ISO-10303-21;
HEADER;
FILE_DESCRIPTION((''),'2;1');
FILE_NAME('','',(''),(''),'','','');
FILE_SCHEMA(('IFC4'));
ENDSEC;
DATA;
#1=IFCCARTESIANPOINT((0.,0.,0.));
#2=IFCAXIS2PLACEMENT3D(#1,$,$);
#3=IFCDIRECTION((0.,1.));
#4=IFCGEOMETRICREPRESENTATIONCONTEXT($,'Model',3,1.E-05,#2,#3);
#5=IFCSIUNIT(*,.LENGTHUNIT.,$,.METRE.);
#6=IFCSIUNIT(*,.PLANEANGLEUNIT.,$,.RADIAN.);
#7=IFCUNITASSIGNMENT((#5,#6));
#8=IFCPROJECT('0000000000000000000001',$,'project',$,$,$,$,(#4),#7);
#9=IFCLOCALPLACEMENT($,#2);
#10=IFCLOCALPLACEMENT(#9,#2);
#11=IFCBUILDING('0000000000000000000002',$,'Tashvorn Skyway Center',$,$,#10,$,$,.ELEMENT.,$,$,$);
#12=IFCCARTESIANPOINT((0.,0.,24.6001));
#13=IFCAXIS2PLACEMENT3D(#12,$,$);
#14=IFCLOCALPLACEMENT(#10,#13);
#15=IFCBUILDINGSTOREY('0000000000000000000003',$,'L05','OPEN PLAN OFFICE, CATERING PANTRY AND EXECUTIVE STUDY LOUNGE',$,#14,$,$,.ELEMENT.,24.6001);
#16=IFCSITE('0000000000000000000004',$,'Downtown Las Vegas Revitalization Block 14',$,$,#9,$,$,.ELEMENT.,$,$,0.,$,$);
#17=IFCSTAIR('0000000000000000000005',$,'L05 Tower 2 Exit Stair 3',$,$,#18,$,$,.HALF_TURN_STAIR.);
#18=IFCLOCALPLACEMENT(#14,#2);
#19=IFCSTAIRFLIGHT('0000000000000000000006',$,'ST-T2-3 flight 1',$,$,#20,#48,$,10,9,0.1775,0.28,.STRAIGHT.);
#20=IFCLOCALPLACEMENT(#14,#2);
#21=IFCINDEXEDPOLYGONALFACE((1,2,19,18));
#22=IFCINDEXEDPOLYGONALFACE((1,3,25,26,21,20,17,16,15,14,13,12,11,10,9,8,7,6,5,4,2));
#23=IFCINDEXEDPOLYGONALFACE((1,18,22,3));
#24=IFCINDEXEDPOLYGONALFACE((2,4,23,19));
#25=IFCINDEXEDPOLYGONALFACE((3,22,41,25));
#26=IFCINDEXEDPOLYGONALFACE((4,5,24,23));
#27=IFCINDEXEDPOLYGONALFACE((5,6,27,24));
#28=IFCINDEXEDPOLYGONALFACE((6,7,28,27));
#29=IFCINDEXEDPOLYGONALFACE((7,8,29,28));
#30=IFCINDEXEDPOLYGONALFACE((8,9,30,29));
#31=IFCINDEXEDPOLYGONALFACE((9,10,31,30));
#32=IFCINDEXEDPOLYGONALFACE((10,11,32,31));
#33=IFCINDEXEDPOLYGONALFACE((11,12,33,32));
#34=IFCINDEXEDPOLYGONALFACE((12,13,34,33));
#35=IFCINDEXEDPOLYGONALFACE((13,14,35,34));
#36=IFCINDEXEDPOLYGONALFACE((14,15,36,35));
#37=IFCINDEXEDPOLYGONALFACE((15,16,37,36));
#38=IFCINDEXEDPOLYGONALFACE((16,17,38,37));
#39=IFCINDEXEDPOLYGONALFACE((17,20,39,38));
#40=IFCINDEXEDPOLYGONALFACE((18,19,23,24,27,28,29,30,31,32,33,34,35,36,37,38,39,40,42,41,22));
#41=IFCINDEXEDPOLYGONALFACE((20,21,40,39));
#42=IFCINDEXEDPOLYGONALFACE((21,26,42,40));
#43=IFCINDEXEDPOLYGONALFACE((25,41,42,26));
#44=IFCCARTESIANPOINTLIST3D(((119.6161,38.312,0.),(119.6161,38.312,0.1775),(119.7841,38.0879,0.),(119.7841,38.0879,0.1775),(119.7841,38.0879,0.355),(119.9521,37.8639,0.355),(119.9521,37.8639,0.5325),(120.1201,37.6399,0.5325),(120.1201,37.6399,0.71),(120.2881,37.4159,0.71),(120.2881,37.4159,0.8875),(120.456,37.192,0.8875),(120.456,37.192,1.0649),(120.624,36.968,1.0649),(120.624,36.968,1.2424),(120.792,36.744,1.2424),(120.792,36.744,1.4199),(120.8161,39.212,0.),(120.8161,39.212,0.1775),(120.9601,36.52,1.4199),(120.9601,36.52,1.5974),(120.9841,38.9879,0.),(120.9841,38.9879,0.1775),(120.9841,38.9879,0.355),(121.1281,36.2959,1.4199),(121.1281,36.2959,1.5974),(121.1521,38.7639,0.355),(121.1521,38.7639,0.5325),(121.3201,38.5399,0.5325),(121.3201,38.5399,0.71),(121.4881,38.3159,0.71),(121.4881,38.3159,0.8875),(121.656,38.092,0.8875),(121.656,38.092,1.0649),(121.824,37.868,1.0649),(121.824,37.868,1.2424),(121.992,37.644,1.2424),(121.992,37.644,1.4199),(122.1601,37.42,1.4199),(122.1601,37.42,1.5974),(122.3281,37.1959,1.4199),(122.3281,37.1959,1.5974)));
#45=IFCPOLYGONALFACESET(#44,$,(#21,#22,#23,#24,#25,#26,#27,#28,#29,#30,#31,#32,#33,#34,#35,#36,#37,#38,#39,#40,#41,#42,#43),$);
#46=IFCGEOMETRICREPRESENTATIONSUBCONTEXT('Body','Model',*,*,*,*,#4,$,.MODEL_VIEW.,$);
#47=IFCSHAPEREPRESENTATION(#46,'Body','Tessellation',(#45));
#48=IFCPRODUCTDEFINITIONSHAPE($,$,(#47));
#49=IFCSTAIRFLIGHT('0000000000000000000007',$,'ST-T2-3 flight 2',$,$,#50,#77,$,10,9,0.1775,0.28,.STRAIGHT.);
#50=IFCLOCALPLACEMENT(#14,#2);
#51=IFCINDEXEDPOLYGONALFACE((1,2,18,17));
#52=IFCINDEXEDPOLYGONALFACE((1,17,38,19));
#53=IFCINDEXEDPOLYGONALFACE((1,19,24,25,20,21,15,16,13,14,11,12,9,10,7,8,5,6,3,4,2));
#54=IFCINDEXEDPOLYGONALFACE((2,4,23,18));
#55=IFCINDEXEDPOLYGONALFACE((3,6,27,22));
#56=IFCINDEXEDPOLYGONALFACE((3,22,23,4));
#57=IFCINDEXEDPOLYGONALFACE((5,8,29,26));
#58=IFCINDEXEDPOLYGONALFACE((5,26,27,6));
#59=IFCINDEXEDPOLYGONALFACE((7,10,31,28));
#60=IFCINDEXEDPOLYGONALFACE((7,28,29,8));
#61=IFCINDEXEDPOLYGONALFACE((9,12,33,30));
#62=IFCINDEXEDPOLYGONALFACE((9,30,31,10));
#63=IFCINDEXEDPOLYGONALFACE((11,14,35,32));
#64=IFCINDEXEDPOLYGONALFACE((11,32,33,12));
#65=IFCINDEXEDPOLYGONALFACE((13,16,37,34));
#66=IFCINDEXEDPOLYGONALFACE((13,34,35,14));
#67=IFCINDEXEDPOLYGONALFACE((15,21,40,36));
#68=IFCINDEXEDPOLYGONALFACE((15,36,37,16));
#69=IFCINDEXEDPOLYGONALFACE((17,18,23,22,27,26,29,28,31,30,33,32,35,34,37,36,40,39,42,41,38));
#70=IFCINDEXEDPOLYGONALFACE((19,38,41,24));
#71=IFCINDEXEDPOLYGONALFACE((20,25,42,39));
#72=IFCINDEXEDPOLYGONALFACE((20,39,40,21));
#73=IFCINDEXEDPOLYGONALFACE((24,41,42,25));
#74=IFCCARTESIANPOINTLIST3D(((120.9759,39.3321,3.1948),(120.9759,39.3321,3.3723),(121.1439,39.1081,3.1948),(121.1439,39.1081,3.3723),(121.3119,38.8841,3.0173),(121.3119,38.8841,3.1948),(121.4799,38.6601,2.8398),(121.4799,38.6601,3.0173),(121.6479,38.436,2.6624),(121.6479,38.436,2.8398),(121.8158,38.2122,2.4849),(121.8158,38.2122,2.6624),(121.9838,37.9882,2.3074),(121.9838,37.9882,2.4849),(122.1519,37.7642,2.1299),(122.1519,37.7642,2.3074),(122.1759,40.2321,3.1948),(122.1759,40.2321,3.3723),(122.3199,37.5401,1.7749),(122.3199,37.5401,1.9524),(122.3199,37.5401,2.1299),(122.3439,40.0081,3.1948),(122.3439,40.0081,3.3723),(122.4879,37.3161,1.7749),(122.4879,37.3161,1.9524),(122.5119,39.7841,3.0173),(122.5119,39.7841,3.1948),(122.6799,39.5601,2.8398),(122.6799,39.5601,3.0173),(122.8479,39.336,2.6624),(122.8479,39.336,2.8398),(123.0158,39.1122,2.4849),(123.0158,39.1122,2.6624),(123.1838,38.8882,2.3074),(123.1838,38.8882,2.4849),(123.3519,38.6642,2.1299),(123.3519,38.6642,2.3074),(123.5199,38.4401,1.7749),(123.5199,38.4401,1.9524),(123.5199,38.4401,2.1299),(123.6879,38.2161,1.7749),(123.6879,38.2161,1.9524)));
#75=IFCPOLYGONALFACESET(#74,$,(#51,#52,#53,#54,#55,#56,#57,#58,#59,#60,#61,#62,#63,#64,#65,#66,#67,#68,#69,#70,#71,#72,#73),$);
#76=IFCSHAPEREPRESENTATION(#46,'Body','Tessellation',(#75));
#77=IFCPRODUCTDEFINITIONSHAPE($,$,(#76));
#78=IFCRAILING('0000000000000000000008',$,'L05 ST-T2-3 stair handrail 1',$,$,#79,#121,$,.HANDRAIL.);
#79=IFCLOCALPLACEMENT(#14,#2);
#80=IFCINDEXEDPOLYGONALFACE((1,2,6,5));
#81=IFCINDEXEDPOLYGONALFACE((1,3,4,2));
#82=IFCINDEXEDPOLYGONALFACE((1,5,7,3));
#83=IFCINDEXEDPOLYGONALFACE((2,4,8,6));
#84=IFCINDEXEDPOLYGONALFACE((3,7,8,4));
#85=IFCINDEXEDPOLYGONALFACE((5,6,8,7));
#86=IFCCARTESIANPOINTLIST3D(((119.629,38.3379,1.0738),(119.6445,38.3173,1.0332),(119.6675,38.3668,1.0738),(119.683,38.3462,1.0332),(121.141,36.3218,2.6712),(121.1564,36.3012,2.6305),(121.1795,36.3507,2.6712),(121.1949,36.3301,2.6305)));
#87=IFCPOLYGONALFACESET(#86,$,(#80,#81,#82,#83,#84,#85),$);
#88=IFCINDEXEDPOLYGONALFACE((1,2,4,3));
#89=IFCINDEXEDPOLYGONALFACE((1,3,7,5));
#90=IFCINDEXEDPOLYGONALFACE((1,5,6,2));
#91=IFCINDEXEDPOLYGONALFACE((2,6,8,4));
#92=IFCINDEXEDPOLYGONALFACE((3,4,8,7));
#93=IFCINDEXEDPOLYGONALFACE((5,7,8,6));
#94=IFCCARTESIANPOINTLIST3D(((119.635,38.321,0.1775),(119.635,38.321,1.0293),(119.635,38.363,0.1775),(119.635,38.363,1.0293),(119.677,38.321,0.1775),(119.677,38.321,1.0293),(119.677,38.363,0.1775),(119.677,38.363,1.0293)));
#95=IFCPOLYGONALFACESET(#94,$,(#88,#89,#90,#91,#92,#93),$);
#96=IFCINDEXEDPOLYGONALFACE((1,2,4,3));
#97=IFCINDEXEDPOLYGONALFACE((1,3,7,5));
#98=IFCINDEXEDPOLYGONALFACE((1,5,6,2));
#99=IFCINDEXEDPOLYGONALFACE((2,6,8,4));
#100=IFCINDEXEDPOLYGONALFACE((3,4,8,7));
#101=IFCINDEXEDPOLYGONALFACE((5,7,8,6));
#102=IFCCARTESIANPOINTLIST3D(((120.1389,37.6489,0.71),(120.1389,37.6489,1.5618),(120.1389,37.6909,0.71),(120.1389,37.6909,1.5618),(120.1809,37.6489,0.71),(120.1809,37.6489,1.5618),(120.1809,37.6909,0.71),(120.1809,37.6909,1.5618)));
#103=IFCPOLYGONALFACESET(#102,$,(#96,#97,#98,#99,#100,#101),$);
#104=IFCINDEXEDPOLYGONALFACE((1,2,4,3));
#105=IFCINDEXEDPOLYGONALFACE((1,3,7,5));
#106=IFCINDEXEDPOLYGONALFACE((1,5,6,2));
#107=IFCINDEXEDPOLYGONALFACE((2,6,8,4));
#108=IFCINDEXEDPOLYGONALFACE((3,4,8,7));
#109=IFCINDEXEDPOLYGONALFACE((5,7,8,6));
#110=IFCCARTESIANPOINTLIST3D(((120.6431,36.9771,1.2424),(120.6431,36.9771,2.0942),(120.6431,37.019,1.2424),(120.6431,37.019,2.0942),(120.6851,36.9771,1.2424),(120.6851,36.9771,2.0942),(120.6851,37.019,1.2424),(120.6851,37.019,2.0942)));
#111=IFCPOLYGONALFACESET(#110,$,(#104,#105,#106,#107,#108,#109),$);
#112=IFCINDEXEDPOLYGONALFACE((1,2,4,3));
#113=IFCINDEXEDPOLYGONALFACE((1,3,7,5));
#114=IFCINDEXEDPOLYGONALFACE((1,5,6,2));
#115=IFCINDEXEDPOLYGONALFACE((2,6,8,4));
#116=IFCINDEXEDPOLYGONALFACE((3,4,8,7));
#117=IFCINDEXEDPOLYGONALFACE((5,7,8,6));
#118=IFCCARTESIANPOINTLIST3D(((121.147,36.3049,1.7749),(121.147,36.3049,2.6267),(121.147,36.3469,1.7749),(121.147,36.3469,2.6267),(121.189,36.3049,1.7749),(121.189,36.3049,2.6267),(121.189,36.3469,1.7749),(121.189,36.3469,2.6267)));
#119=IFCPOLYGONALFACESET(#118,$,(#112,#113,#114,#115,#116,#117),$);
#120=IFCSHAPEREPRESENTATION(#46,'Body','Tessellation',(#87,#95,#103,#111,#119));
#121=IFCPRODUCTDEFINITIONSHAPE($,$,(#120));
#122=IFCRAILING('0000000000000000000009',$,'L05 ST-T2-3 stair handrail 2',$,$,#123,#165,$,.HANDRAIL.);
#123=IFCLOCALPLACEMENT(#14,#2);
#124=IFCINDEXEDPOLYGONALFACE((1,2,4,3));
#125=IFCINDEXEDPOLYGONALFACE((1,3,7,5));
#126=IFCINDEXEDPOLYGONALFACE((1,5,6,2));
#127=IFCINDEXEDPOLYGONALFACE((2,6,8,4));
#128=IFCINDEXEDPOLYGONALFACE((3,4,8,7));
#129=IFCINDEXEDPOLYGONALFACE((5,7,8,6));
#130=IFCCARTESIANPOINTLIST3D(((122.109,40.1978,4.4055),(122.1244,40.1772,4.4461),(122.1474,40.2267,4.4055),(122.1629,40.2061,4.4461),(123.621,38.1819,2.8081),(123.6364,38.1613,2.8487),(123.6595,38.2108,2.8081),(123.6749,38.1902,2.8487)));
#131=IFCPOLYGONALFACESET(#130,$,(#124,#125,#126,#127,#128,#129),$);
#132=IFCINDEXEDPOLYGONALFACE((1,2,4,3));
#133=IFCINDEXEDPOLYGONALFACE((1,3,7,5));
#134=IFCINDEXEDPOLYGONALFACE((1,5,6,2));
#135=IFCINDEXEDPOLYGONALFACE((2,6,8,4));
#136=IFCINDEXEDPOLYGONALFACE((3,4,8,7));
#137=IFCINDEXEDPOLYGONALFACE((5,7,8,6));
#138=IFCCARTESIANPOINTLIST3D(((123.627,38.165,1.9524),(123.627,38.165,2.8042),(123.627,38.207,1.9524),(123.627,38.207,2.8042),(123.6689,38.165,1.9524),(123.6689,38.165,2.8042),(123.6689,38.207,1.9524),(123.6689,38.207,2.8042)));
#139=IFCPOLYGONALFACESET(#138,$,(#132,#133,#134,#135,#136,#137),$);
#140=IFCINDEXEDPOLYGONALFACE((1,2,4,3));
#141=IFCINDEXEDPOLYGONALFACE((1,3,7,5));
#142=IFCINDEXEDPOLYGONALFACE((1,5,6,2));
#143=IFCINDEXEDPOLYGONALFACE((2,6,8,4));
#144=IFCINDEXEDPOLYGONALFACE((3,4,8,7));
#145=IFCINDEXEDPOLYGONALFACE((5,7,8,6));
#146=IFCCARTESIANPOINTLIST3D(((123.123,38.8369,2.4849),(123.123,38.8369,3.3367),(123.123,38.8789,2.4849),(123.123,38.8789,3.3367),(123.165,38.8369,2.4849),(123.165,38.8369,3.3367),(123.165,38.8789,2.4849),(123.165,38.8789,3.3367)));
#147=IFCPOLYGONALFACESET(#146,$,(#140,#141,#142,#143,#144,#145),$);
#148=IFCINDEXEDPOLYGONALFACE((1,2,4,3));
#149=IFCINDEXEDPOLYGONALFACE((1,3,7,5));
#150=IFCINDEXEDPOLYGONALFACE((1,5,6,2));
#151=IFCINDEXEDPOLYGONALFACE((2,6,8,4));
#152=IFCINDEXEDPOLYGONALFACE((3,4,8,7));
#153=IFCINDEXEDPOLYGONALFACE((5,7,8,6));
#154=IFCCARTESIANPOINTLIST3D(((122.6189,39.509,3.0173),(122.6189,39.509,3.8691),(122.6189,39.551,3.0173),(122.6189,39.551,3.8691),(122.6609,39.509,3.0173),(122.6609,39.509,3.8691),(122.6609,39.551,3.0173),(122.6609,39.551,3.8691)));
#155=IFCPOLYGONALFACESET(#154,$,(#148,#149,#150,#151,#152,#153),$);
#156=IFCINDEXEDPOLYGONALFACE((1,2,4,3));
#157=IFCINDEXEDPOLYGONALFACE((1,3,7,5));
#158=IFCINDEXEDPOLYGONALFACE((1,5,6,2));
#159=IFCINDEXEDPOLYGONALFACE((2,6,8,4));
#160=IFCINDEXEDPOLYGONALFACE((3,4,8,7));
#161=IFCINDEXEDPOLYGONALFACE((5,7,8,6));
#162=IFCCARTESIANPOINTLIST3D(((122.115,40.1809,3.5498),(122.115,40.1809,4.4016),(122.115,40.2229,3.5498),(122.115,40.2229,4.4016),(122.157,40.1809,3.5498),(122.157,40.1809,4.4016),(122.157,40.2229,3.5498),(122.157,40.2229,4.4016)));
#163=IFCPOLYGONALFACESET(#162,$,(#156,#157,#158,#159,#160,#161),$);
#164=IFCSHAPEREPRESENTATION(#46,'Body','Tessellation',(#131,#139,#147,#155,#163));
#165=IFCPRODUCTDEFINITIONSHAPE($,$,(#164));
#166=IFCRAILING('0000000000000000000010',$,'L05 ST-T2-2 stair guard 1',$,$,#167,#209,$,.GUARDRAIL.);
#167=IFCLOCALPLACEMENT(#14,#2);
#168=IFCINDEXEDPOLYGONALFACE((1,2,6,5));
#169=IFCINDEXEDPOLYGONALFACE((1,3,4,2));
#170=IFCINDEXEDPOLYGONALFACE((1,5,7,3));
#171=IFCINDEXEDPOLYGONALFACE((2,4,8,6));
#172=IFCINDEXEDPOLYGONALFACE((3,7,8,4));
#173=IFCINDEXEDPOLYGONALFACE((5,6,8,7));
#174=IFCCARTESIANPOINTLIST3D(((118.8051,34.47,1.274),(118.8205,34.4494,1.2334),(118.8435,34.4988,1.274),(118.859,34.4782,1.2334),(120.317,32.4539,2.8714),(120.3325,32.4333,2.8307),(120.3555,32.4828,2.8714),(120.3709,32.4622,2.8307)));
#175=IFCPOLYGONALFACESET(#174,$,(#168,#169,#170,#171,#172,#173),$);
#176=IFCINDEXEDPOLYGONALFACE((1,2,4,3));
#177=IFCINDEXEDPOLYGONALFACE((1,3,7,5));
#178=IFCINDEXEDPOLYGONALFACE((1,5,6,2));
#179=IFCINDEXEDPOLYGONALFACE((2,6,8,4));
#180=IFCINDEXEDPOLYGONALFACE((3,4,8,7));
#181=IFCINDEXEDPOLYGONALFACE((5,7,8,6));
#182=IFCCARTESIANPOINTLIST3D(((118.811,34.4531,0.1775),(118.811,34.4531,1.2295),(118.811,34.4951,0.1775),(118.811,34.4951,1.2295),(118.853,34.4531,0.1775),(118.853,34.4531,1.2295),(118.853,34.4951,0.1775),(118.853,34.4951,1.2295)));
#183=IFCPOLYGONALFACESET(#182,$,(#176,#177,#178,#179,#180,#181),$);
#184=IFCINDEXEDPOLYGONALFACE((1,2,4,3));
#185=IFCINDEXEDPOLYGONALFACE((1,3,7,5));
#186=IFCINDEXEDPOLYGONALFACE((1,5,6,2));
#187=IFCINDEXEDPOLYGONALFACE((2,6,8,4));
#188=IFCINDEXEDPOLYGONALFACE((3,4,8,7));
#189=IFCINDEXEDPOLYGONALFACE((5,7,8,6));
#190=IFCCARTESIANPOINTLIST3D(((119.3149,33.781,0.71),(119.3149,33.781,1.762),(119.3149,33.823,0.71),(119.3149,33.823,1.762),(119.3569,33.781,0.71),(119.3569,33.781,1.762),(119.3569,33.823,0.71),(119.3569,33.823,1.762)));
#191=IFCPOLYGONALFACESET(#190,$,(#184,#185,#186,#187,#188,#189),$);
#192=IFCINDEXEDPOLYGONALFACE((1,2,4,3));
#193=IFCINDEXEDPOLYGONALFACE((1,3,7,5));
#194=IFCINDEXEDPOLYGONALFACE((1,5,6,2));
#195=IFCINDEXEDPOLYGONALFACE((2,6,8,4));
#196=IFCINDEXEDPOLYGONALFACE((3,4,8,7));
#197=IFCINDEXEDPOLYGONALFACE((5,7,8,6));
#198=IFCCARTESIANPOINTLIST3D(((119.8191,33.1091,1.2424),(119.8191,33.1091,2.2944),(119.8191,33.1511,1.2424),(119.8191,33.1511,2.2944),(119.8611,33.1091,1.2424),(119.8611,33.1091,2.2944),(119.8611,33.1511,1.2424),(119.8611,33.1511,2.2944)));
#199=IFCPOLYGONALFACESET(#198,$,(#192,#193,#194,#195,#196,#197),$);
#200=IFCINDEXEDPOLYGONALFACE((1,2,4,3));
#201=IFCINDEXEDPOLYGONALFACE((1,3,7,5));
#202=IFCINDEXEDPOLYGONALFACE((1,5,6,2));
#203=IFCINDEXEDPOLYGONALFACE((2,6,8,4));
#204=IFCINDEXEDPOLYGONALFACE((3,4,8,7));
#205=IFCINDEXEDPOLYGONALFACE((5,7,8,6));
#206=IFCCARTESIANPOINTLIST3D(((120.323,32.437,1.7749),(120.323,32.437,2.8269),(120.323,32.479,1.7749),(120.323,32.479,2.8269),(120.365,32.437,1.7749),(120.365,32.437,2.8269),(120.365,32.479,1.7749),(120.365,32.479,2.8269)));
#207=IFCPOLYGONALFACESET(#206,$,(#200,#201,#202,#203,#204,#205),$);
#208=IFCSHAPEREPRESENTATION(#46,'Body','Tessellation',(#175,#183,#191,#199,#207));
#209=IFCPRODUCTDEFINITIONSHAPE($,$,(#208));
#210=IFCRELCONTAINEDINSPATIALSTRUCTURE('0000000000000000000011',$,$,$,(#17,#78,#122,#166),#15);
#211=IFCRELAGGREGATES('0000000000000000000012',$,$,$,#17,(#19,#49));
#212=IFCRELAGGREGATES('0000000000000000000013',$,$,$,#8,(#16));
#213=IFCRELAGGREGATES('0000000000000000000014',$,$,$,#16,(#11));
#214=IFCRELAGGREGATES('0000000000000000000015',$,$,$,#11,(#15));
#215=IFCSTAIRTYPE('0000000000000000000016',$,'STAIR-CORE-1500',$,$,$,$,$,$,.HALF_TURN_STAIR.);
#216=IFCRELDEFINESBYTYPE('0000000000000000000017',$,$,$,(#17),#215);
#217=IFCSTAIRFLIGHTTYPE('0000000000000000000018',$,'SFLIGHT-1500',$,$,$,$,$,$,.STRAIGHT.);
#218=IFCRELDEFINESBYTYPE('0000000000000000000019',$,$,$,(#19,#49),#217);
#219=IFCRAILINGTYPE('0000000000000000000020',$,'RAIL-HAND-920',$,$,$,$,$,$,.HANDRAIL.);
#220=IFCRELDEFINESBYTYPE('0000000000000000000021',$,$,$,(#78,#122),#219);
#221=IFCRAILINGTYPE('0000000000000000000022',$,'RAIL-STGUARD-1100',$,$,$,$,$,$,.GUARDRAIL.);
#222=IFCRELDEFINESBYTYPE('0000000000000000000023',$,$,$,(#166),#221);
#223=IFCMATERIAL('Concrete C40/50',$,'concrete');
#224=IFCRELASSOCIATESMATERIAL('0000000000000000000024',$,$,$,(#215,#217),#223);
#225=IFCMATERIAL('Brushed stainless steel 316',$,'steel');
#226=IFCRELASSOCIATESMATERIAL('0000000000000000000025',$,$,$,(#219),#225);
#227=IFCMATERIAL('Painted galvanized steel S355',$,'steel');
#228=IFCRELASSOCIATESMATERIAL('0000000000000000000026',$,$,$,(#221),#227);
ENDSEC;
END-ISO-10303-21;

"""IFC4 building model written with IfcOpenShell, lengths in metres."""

from ifc_helpers import new_model, si_unit, direction, frame, origin, origin_2d, place, context, subcontext, project, spatial, polyline, rectangle, outline, extrude, material, type_object, element, aggregate, save


model = new_model("IFC4")

# Units and contexts
model_context = context("Model", 3, precision=1e-05, world=origin(), true_north=direction((0.0, 1.0)))
body_context = subcontext(model_context, "Body", "Model", "MODEL_VIEW")
ifc_project = project(units=[si_unit("LENGTHUNIT", "METRE"), si_unit("PLANEANGLEUNIT", "RADIAN")], contexts=[model_context])

# Site, building, storey
site_placement = place(None, origin())
site = spatial("IfcSite", under=ifc_project, at=site_placement, Name="Downtown Las Vegas Revitalization Block 14", CompositionType="ELEMENT", RefElevation=0.0)
building_placement = place(site_placement, origin())
building = spatial("IfcBuilding", under=site, at=building_placement, Name="Tashvorn Skyway Center", CompositionType="ELEMENT")
storey_placement = place(building_placement, frame((0.0, 0.0, 24.6001)))
storey = spatial("IfcBuildingStorey", under=building, at=storey_placement, Name="L05", Description="OPEN PLAN OFFICE, CATERING PANTRY AND EXECUTIVE STUDY LOUNGE", CompositionType="ELEMENT", Elevation=24.6001)

# Shared definitions
ifc_material_1 = material(Name="Concrete C40/50", Category="concrete")

# Shared definitions
stair_type = type_object("IfcStairType", Name="STAIR-CORE-1500", PredefinedType="HALF_TURN_STAIR", material=ifc_material_1)
stair_flight_type = type_object("IfcStairFlightType", Name="SFLIGHT-1500", PredefinedType="STRAIGHT", material=ifc_material_1)

# Stair, stair flights
stair_1_placement = place(storey_placement, origin())
stair_1 = element("IfcStair", 1, at=stair_1_placement, inside=storey, type_object=stair_type, Name="L05 Tower 2 Exit Stair 3", PredefinedType="HALF_TURN_STAIR")
stair_flight_1_placement = place(storey_placement, frame((120.2161, 38.762, 0.0), z_axis=(0.0, 0.0, 1.0), x_axis=(0.6, -0.8, 0.0)))
stair_flight_1 = element("IfcStairFlight", 2, at=stair_flight_1_placement, type_object=stair_flight_type, Name="ST-T2-3 flight 1", NumberOfRisers=10, NumberOfTreads=9, PredefinedType="STRAIGHT", RiserHeight=0.1775, TreadLength=0.28, context=body_context, shape_type="SweptSolid", body=[
    extrude(outline(polyline([(0.0, 0.0), (0.0, 0.1775), (0.28, 0.1775), (0.28, 0.355), (0.5601, 0.355), (0.5601, 0.5325), (0.8401, 0.5325), (0.8401, 0.71), (1.1201, 0.71), (1.1201, 0.8875), (1.3999, 0.8875), (1.3999, 1.0649), (1.6799, 1.0649), (1.6799, 1.2424), (1.96, 1.2424), (1.96, 1.4199), (2.24, 1.4199), (2.24, 1.5974), (2.52, 1.5974), (2.52, 1.7749), (2.52, 1.4199), (0.28, 0.0), (0.0, 0.0)])), frame((0.0, 0.75, 0.0), z_axis=(0.0, -1.0, 0.0), x_axis=(1.0, 0.0, 0.0)), (0.0, 0.0, 1.0), 1.5),
])
stair_flight_2_placement = place(storey_placement, frame((123.0879, 37.7661, 1.7749), z_axis=(0.0, 0.0, 1.0), x_axis=(-0.6, 0.8, 0.0)))
stair_flight_2 = element("IfcStairFlight", 3, at=stair_flight_2_placement, type_object=stair_flight_type, Name="ST-T2-3 flight 2", NumberOfRisers=10, NumberOfTreads=9, PredefinedType="STRAIGHT", RiserHeight=0.1775, TreadLength=0.28, context=body_context, shape_type="SweptSolid", body=[
    extrude(outline(polyline([(0.0, 0.0), (0.0, 0.1775), (0.28, 0.1775), (0.28, 0.355), (0.5601, 0.355), (0.5601, 0.5325), (0.8401, 0.5325), (0.8401, 0.71), (1.1201, 0.71), (1.1201, 0.8875), (1.3999, 0.8875), (1.3999, 1.0649), (1.6799, 1.0649), (1.6799, 1.2424), (1.96, 1.2424), (1.96, 1.4199), (2.24, 1.4199), (2.24, 1.5974), (2.52, 1.5974), (2.52, 1.7749), (2.52, 1.4199), (0.28, 0.0), (0.0, 0.0)])), frame((0.0, 0.75, 0.0), z_axis=(0.0, -1.0, 0.0), x_axis=(1.0, 0.0, 0.0)), (0.0, 0.0, 1.0), 1.5),
])
aggregate(stair_1, [stair_flight_1, stair_flight_2])

# Railings
ifc_material_2 = material(Name="Brushed stainless steel 316", Category="steel")
railing_type_1 = type_object("IfcRailingType", Name="RAIL-HAND-920", PredefinedType="HANDRAIL", material=ifc_material_2)
railing_1_placement = place(storey_placement, frame((119.656, 38.342, 0.1775)))
element("IfcRailing", 4, at=railing_1_placement, inside=storey, type_object=railing_type_1, Name="L05 ST-T2-3 stair handrail 1", PredefinedType="HANDRAIL", context=body_context, shape_type="SweptSolid", body=[
    extrude(rectangle(XDim=0.0481, YDim=0.0481, at=origin_2d()), frame((0.0, 0.0, 0.876), z_axis=(0.506741, -0.675709, 0.535379), x_axis=(0.800023, 0.599969, 0.0)), (0.0, 0.0, 1.0), 2.9836),
    extrude(rectangle(XDim=0.042, YDim=0.042, at=origin_2d()), origin(), (0.0, 0.0, 1.0), 0.8518),
    extrude(rectangle(XDim=0.042, YDim=0.042, at=origin_2d()), frame((0.5039, -0.6721, 0.5325)), (0.0, 0.0, 1.0), 0.8518),
    extrude(rectangle(XDim=0.042, YDim=0.042, at=origin_2d()), frame((1.0081, -1.344, 1.0649)), (0.0, 0.0, 1.0), 0.8518),
    extrude(rectangle(XDim=0.042, YDim=0.042, at=origin_2d()), frame((1.512, -2.0161, 1.5974)), (0.0, 0.0, 1.0), 0.8518),
])
railing_2_placement = place(storey_placement, frame((123.6479, 38.186, 1.9524)))
element("IfcRailing", 5, at=railing_2_placement, inside=storey, type_object=railing_type_1, Name="L05 ST-T2-3 stair handrail 2", PredefinedType="HANDRAIL", context=body_context, shape_type="SweptSolid", body=[
    extrude(rectangle(XDim=0.0481, YDim=0.0481, at=origin_2d()), frame((0.0, 0.0, 0.876), z_axis=(-0.506769, 0.675664, 0.535409), x_axis=(-0.799988, -0.600016, 0.0)), (0.0, 0.0, 1.0), 2.9836),
    extrude(rectangle(XDim=0.042, YDim=0.042, at=origin_2d()), origin(), (0.0, 0.0, 1.0), 0.8518),
    extrude(rectangle(XDim=0.042, YDim=0.042, at=origin_2d()), frame((-0.5039, 0.6719, 0.5325)), (0.0, 0.0, 1.0), 0.8518),
    extrude(rectangle(XDim=0.042, YDim=0.042, at=origin_2d()), frame((-1.0081, 1.344, 1.0649)), (0.0, 0.0, 1.0), 0.8518),
    extrude(rectangle(XDim=0.042, YDim=0.042, at=origin_2d()), frame((-1.512, 2.0159, 1.5974)), (0.0, 0.0, 1.0), 0.8518),
])
ifc_material_3 = material(Name="Painted galvanized steel S355", Category="steel")
railing_type_2 = type_object("IfcRailingType", Name="RAIL-STGUARD-1100", PredefinedType="GUARDRAIL", material=ifc_material_3)
railing_3_placement = place(storey_placement, frame((118.832, 34.4741, 0.1775)))
element("IfcRailing", 6, at=railing_3_placement, inside=storey, type_object=railing_type_2, Name="L05 ST-T2-2 stair guard 1", PredefinedType="GUARDRAIL", context=body_context, shape_type="SweptSolid", body=[
    extrude(rectangle(XDim=0.0481, YDim=0.0481, at=origin_2d()), frame((0.0, 0.0, 1.0762), z_axis=(0.506741, -0.675709, 0.535379), x_axis=(0.800023, 0.599969, 0.0)), (0.0, 0.0, 1.0), 2.9836),
    extrude(rectangle(XDim=0.042, YDim=0.042, at=origin_2d()), origin(), (0.0, 0.0, 1.0), 1.052),
    extrude(rectangle(XDim=0.042, YDim=0.042, at=origin_2d()), frame((0.5039, -0.6721, 0.5325)), (0.0, 0.0, 1.0), 1.052),
    extrude(rectangle(XDim=0.042, YDim=0.042, at=origin_2d()), frame((1.0081, -1.344, 1.0649)), (0.0, 0.0, 1.0), 1.052),
    extrude(rectangle(XDim=0.042, YDim=0.042, at=origin_2d()), frame((1.512, -2.0161, 1.5974)), (0.0, 0.0, 1.0), 1.052),
])

save(model, "model.ifc")
